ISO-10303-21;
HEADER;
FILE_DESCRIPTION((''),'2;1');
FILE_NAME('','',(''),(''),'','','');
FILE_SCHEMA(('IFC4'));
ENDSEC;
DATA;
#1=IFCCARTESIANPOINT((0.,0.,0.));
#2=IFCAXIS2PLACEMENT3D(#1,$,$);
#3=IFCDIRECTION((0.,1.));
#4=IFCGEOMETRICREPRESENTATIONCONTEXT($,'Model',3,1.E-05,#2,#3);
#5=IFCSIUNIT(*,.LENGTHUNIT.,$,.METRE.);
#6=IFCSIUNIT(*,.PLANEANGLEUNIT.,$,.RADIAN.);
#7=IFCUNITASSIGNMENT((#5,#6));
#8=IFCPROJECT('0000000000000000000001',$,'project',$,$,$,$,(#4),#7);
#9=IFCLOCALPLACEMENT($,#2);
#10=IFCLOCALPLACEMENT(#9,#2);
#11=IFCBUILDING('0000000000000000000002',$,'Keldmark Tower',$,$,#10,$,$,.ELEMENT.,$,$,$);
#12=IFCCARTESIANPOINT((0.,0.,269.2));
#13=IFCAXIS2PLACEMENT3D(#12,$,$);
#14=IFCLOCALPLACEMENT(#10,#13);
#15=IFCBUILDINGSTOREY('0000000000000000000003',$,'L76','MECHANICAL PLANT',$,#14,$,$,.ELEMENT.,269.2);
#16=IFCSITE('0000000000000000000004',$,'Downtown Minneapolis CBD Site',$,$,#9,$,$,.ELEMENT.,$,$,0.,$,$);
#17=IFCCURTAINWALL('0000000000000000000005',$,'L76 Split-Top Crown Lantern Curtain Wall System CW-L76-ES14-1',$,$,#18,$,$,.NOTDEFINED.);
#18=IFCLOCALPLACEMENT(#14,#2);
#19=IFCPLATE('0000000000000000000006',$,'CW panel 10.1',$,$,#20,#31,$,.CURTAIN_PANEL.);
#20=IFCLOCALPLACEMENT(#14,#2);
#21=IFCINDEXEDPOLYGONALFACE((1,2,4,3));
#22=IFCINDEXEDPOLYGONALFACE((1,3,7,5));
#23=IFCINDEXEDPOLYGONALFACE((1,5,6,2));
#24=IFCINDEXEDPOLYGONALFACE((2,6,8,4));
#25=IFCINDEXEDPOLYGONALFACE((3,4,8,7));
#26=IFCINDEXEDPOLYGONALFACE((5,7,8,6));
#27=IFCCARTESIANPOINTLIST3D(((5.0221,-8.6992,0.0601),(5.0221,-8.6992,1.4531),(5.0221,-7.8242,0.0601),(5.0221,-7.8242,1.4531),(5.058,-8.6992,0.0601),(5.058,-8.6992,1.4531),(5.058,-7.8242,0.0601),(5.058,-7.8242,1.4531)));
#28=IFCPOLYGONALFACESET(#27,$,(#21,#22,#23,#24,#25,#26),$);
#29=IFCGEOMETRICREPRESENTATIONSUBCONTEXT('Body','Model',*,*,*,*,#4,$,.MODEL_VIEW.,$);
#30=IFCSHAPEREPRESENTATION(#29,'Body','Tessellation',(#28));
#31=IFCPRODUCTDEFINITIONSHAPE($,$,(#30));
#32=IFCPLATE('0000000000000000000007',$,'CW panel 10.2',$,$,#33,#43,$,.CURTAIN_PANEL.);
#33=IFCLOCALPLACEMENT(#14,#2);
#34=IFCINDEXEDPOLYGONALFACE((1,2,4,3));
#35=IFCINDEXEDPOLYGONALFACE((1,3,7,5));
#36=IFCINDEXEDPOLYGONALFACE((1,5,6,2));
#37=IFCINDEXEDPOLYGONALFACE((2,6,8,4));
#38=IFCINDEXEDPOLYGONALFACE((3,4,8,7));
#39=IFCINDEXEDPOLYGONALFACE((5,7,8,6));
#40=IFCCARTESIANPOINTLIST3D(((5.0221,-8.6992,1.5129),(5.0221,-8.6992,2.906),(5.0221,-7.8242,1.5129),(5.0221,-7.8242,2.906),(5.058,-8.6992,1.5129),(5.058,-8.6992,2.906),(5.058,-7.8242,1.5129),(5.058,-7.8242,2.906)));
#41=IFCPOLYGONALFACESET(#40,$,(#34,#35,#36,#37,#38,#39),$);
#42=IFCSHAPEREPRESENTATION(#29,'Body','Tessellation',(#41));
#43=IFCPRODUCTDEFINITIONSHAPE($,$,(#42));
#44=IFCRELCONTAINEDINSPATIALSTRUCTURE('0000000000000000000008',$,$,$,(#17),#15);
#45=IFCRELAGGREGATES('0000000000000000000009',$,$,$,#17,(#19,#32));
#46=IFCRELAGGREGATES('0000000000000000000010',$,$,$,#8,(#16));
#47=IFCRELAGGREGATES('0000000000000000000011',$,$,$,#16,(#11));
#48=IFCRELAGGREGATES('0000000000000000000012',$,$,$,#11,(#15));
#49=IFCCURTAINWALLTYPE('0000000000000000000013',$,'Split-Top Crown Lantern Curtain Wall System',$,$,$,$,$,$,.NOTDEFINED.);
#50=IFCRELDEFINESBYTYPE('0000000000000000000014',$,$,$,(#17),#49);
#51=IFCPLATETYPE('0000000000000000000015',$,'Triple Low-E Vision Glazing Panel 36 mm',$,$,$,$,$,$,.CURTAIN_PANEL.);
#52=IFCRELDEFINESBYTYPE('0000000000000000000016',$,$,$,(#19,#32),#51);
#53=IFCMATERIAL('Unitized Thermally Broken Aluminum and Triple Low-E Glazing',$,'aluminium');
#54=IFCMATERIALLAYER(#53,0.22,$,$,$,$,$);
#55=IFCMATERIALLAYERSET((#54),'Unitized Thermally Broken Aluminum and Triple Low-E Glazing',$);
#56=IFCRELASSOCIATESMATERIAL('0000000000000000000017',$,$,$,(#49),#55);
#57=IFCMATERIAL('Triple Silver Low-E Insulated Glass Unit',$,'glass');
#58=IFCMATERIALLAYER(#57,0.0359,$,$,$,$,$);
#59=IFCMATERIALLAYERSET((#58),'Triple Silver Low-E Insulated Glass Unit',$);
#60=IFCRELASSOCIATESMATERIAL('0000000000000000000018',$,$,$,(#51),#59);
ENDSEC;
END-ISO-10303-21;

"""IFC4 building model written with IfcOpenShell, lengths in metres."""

from ifc_helpers import new_model, si_unit, direction, frame, origin, origin_2d, place, context, subcontext, project, spatial, rectangle, extrude, material, layer, layer_set, type_object, element, aggregate, save


model = new_model("IFC4")

# Units and contexts
model_context = context("Model", 3, precision=1e-05, world=origin(), true_north=direction((0.0, 1.0)))
body_context = subcontext(model_context, "Body", "Model", "MODEL_VIEW")
ifc_project = project(units=[si_unit("LENGTHUNIT", "METRE"), si_unit("PLANEANGLEUNIT", "RADIAN")], contexts=[model_context])

# Site, building, storey
site_placement = place(None, origin())
site = spatial("IfcSite", under=ifc_project, at=site_placement, Name="Downtown Minneapolis CBD Site", CompositionType="ELEMENT", RefElevation=0.0)
building_placement = place(site_placement, origin())
building = spatial("IfcBuilding", under=site, at=building_placement, Name="Keldmark Tower", CompositionType="ELEMENT")
storey_placement = place(building_placement, frame((0.0, 0.0, 269.2)))
storey = spatial("IfcBuildingStorey", under=building, at=storey_placement, Name="L76", Description="MECHANICAL PLANT", CompositionType="ELEMENT", Elevation=269.2)

# Curtain wall, plates
ifc_material_1 = material(Name="Unitized Thermally Broken Aluminum and Triple Low-E Glazing", Category="aluminium")
ifc_layer_1 = layer(ifc_material_1, 0.22)
ifc_layer_set_1 = layer_set([ifc_layer_1], Name="Unitized Thermally Broken Aluminum and Triple Low-E Glazing")
curtain_wall_type = type_object("IfcCurtainWallType", Name="Split-Top Crown Lantern Curtain Wall System", PredefinedType="NOTDEFINED", material=ifc_layer_set_1)
curtain_wall_placement = place(storey_placement, origin())
curtain_wall = element("IfcCurtainWall", 1, at=curtain_wall_placement, inside=storey, type_object=curtain_wall_type, Name="L76 Split-Top Crown Lantern Curtain Wall System CW-L76-ES14-1", PredefinedType="NOTDEFINED")
ifc_material_2 = material(Name="Triple Silver Low-E Insulated Glass Unit", Category="glass")
ifc_layer_2 = layer(ifc_material_2, 0.0359)
ifc_layer_set_2 = layer_set([ifc_layer_2], Name="Triple Silver Low-E Insulated Glass Unit")
plate_type = type_object("IfcPlateType", Name="Triple Low-E Vision Glazing Panel 36 mm", PredefinedType="CURTAIN_PANEL", material=ifc_layer_set_2)
plate_1_placement = place(storey_placement, frame((5.04, -8.2617, 0.0601), z_axis=(0.0, 0.0, 1.0), x_axis=(0.0, -1.0, 0.0)))
plate_1 = element("IfcPlate", 2, at=plate_1_placement, type_object=plate_type, Name="CW panel 10.1", PredefinedType="CURTAIN_PANEL", context=body_context, shape_type="SweptSolid", body=[
    extrude(rectangle(XDim=0.875, YDim=0.0359, at=origin_2d()), origin(), (0.0, 0.0, 1.0), 1.3931),
])
plate_2_placement = place(storey_placement, frame((5.04, -8.2617, 1.5129), z_axis=(0.0, 0.0, 1.0), x_axis=(0.0, -1.0, 0.0)))
plate_2 = element("IfcPlate", 3, at=plate_2_placement, type_object=plate_type, Name="CW panel 10.2", PredefinedType="CURTAIN_PANEL", context=body_context, shape_type="SweptSolid", body=[
    extrude(rectangle(XDim=0.875, YDim=0.0359, at=origin_2d()), origin(), (0.0, 0.0, 1.0), 1.3931),
])
aggregate(curtain_wall, [plate_1, plate_2])

save(model, "model.ifc")
